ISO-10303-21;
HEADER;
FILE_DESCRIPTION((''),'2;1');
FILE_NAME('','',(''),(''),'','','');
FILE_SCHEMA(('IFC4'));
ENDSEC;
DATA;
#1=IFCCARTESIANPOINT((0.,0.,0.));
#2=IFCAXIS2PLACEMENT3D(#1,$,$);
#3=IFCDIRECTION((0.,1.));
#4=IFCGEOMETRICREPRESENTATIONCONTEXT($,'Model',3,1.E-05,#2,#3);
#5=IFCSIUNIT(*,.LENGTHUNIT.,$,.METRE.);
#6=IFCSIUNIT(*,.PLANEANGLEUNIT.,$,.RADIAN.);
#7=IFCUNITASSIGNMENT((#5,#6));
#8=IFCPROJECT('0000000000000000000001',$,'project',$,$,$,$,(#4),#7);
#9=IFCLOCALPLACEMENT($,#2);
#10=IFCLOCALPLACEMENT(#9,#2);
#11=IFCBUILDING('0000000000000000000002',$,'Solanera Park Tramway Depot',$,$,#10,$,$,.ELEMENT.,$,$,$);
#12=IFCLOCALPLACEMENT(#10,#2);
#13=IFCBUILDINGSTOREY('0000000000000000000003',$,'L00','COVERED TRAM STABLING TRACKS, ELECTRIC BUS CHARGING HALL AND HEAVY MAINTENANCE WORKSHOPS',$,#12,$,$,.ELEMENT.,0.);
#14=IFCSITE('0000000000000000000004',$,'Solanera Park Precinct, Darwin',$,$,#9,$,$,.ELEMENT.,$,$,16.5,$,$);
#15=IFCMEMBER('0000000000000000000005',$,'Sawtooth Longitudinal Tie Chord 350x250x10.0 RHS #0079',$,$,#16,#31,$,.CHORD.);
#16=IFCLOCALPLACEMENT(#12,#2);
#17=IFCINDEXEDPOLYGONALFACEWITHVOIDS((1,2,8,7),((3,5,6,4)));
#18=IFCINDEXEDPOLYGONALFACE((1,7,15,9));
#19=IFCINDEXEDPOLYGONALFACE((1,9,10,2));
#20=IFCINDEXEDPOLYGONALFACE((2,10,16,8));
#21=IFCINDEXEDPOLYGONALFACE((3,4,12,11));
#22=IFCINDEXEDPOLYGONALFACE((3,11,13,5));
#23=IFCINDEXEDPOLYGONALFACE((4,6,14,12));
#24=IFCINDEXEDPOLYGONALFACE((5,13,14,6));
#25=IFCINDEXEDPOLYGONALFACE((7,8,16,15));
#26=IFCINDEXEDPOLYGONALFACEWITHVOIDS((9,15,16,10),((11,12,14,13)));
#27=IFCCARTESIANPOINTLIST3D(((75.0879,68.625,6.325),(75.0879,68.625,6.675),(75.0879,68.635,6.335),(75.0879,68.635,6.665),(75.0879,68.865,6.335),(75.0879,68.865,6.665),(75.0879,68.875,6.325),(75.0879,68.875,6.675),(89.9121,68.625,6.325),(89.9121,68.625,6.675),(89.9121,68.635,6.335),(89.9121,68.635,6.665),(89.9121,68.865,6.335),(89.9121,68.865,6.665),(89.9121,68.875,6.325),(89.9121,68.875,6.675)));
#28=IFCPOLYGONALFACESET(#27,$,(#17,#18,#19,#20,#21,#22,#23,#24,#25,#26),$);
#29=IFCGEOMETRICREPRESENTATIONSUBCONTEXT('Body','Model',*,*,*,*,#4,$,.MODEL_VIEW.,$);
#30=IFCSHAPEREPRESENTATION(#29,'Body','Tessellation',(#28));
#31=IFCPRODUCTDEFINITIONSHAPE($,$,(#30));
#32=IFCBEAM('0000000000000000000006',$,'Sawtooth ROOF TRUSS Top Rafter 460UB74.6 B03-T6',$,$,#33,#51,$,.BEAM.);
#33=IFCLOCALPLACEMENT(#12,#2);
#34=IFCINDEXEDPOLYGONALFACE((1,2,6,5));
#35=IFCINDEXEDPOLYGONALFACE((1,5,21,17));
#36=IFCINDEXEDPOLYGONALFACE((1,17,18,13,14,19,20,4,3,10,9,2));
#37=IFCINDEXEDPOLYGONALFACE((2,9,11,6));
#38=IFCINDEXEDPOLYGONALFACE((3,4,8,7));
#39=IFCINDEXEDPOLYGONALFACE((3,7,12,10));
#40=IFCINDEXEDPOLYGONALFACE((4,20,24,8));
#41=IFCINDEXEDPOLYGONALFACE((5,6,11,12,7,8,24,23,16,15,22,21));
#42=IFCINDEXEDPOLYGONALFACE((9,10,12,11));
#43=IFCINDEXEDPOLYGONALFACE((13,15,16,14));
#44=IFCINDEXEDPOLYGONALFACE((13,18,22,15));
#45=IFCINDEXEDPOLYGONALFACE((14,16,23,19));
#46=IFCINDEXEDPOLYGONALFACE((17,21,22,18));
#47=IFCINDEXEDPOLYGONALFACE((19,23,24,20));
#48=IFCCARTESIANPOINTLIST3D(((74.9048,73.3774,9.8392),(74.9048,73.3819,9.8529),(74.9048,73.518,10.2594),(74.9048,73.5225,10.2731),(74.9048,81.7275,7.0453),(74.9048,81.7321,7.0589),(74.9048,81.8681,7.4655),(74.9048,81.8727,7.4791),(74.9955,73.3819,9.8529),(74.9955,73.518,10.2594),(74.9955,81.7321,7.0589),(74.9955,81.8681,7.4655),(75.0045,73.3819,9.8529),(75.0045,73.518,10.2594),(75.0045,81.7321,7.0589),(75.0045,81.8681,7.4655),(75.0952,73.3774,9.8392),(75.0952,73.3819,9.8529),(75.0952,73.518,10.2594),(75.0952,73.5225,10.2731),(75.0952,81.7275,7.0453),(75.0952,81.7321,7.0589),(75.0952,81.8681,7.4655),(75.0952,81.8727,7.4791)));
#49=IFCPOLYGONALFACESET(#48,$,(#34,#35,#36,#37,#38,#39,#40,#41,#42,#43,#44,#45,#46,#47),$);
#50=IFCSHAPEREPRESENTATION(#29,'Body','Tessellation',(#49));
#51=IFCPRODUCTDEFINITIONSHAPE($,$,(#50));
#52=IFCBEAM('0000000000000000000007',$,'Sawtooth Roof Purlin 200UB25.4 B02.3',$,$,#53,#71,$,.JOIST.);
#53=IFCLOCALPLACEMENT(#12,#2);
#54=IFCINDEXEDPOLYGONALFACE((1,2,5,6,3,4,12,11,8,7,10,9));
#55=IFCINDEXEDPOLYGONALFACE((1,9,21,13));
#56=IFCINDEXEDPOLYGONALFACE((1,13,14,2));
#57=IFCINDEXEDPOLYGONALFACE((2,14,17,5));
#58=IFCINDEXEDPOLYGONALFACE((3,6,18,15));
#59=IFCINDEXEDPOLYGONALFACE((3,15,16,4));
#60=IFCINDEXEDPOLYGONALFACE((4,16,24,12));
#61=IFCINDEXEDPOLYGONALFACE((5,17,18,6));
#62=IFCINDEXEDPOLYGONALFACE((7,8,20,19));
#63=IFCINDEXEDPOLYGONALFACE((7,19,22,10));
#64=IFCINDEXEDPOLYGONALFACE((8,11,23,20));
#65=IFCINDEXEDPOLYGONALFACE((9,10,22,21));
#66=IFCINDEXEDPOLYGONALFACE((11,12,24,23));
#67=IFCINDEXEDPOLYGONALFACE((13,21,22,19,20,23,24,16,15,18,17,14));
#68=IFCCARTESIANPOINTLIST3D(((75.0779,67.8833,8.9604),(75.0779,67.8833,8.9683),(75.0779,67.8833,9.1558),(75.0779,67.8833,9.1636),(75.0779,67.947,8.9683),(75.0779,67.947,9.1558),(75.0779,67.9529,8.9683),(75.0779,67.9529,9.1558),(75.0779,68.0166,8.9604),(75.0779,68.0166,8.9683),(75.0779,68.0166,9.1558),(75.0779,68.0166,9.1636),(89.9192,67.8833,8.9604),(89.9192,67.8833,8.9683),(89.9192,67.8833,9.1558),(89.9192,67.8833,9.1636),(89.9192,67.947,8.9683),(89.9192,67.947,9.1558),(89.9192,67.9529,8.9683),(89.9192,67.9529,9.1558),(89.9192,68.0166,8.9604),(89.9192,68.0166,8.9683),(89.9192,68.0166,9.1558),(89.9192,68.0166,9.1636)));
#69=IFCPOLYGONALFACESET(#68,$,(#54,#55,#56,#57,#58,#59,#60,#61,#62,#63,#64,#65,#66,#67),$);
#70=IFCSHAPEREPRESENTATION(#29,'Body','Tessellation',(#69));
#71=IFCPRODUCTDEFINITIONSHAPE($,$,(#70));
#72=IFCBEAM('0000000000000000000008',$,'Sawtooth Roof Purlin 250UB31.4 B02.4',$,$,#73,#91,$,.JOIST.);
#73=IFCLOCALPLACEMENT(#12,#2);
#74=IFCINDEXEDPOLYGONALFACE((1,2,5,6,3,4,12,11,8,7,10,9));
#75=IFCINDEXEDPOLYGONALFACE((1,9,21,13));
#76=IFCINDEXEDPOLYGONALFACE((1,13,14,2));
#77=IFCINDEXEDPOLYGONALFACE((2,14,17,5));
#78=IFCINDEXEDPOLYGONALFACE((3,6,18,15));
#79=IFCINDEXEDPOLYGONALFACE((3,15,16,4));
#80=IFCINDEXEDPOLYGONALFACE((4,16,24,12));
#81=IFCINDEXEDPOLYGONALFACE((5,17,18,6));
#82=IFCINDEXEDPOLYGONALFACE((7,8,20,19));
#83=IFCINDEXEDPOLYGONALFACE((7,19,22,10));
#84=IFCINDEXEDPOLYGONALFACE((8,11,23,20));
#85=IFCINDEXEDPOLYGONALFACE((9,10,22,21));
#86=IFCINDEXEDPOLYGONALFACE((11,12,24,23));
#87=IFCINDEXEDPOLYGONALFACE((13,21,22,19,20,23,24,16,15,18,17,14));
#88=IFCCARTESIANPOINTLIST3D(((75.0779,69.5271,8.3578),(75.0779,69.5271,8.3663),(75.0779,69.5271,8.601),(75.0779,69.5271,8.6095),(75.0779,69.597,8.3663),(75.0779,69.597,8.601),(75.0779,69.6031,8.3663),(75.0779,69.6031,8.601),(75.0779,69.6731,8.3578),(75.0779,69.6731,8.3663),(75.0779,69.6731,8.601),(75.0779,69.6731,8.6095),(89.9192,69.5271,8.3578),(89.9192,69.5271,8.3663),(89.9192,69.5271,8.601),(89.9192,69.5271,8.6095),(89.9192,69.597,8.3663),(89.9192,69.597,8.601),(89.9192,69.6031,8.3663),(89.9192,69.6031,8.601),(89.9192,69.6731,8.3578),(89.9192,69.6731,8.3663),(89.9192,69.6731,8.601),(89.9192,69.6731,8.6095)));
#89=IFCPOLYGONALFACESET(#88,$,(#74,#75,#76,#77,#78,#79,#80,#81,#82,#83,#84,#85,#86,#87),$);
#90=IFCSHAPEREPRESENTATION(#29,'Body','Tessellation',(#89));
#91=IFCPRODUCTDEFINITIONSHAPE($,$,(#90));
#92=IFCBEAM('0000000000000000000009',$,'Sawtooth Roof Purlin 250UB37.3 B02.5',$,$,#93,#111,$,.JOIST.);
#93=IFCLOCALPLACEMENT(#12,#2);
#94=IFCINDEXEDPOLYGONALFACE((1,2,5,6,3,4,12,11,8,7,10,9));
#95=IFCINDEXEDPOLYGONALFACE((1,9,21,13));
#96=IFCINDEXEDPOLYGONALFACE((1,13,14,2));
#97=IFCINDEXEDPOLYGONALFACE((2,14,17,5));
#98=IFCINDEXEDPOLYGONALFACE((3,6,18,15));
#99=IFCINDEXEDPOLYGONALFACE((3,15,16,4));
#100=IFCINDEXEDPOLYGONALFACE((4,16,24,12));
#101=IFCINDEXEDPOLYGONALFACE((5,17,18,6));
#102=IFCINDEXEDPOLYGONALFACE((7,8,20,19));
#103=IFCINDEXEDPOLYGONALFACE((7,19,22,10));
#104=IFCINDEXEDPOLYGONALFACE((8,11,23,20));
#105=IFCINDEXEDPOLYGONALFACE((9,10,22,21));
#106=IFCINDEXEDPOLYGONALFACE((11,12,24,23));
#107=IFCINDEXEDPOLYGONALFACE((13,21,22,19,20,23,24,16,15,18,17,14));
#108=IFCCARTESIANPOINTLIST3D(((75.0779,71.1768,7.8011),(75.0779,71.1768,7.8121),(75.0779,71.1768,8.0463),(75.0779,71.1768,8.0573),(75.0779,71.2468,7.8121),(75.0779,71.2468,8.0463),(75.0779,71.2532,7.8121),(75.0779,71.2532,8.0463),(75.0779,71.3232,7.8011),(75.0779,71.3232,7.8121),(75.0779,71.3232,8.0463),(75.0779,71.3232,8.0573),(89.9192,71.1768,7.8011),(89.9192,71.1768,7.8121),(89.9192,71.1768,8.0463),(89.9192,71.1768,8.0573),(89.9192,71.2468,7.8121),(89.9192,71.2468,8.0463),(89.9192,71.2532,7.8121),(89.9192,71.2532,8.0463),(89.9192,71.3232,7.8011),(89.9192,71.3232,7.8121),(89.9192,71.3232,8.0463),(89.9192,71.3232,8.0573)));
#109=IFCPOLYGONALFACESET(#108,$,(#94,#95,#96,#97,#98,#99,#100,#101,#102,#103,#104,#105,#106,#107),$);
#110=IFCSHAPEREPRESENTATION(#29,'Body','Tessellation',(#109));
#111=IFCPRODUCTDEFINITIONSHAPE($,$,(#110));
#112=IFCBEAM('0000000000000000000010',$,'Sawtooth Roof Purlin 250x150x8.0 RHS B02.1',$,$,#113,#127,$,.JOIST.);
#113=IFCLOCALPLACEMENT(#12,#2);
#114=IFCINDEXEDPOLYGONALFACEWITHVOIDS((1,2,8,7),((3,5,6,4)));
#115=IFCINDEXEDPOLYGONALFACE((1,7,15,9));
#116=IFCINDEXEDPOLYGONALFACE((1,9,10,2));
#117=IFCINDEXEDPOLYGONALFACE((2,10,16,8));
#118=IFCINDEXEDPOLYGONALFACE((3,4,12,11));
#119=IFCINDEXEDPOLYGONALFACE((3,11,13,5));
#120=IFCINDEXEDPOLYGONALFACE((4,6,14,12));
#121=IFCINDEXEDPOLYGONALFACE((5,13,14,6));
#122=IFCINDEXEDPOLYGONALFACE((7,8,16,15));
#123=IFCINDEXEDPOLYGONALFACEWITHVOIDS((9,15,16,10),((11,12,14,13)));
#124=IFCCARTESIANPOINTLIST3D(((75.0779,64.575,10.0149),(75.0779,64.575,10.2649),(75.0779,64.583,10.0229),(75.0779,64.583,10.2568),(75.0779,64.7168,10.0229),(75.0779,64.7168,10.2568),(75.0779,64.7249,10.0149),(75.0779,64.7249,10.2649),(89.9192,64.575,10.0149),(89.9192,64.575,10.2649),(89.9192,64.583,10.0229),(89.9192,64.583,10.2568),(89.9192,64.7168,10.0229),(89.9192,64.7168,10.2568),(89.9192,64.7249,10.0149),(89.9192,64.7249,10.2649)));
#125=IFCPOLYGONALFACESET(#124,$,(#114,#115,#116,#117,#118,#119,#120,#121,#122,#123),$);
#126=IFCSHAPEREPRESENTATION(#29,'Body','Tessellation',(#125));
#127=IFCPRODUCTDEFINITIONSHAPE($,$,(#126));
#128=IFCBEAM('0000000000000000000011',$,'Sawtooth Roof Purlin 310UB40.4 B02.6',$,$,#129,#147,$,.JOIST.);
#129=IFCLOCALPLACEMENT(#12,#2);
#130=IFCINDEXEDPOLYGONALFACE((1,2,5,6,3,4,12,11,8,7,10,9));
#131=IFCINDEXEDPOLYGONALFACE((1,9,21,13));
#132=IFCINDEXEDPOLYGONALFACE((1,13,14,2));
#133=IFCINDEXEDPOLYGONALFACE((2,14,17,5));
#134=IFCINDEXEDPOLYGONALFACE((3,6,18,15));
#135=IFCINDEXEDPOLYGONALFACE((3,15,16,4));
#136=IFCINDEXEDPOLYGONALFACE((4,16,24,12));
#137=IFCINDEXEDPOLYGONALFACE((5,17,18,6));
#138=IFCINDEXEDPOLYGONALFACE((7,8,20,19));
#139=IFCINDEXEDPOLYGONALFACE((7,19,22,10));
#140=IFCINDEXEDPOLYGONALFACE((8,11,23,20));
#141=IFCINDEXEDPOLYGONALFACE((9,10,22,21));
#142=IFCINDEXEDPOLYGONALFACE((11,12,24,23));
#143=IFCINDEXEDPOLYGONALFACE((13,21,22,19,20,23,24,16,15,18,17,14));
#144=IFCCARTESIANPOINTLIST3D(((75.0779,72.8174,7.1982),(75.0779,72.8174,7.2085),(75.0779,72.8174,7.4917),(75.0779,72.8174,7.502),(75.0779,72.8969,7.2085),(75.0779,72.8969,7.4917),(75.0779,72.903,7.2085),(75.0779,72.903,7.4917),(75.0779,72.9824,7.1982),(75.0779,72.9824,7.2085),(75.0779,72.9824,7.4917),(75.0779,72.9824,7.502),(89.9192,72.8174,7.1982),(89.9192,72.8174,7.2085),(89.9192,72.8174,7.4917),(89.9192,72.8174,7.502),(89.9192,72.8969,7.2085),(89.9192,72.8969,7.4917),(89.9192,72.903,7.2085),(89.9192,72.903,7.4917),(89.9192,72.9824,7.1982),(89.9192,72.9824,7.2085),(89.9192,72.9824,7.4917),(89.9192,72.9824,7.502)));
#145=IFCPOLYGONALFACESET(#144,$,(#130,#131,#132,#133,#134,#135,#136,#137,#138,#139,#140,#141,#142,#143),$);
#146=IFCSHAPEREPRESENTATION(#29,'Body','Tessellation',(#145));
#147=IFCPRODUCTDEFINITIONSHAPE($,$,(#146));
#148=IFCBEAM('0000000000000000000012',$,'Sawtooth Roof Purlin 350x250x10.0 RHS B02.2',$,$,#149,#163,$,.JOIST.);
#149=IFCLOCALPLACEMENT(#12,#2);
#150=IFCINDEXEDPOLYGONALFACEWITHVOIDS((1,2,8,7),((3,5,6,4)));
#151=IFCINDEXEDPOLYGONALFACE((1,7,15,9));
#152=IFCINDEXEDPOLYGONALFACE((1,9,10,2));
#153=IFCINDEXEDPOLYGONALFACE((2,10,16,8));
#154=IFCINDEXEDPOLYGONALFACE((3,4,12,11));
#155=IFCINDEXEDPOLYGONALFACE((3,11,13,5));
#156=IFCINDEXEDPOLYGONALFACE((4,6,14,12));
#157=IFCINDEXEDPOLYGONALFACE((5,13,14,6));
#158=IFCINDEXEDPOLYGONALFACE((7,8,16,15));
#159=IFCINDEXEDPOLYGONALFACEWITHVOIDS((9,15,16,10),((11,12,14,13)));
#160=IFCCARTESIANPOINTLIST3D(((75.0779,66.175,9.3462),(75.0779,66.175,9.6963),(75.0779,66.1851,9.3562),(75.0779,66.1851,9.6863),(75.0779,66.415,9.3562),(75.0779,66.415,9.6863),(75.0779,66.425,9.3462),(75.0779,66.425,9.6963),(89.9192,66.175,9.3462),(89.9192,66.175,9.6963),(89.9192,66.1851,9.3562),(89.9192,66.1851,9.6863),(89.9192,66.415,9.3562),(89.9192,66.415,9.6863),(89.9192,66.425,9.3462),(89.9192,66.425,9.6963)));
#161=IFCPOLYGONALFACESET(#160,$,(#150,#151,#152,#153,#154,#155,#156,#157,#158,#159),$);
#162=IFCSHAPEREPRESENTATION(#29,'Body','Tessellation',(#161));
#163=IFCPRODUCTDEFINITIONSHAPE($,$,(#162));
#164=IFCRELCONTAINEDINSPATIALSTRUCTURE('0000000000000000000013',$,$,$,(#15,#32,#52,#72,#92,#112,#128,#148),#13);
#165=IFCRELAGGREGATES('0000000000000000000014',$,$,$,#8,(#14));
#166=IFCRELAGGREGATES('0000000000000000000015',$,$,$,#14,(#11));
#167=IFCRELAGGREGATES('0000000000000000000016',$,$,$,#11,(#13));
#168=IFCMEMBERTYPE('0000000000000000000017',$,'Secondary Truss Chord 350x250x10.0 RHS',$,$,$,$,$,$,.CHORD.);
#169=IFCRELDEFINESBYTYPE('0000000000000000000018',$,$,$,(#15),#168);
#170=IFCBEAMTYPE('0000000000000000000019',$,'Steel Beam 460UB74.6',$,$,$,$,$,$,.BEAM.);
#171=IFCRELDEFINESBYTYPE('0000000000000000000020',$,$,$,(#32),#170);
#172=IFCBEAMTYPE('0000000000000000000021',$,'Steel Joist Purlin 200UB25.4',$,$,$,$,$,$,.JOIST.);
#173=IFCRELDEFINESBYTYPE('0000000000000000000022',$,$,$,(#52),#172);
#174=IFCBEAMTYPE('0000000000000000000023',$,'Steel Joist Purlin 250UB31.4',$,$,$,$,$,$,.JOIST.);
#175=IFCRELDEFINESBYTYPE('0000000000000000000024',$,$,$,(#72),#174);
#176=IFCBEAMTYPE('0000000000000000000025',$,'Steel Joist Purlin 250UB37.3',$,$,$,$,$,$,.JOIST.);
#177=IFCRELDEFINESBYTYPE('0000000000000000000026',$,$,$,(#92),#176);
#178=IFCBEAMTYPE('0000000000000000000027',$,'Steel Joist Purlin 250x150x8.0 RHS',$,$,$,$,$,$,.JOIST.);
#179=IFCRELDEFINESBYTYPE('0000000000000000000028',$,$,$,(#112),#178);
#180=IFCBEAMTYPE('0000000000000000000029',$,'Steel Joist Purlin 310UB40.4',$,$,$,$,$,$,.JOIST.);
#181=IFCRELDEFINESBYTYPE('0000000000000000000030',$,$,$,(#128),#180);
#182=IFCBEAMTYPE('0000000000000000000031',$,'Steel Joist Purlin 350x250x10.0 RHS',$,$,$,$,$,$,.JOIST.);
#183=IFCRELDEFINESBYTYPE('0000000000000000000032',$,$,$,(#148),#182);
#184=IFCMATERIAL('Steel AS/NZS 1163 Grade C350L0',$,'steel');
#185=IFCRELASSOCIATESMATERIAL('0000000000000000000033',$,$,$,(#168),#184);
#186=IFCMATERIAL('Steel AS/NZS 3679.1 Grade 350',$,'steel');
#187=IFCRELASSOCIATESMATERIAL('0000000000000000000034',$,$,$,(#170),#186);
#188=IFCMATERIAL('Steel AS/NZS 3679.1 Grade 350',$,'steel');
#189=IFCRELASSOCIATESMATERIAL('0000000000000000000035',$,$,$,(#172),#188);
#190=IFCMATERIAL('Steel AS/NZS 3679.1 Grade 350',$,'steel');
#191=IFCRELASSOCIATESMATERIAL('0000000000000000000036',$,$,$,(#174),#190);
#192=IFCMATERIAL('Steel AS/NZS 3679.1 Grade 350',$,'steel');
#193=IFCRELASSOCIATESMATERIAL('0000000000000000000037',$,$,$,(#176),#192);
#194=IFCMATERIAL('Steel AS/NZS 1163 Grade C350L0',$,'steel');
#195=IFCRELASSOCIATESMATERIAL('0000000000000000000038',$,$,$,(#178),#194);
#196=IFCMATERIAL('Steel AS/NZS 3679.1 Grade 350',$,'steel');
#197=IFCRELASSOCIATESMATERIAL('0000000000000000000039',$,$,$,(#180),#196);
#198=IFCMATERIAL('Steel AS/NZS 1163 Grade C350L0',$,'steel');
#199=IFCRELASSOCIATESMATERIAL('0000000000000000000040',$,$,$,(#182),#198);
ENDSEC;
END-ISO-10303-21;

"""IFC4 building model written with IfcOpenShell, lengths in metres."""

from ifc_helpers import new_model, si_unit, direction, frame, origin, origin_2d, place, context, subcontext, project, spatial, hollow_rectangle, i_section, extrude, material, material_profile, profile_set, type_object, element, save


model = new_model("IFC4")

# Units and contexts
model_context = context("Model", 3, precision=1e-05, world=origin(), true_north=direction((0.0, 1.0)))
body_context = subcontext(model_context, "Body", "Model", "MODEL_VIEW")
ifc_project = project(units=[si_unit("LENGTHUNIT", "METRE"), si_unit("PLANEANGLEUNIT", "RADIAN")], contexts=[model_context])

# Site, building, storey
site_placement = place(None, origin())
site = spatial("IfcSite", under=ifc_project, at=site_placement, Name="Solanera Park Precinct, Darwin", CompositionType="ELEMENT", RefElevation=16.5)
building_placement = place(site_placement, origin())
building = spatial("IfcBuilding", under=site, at=building_placement, Name="Solanera Park Tramway Depot", CompositionType="ELEMENT")
storey_placement = place(building_placement, origin())
storey = spatial("IfcBuildingStorey", under=building, at=storey_placement, Name="L00", Description="COVERED TRAM STABLING TRACKS, ELECTRIC BUS CHARGING HALL AND HEAVY MAINTENANCE WORKSHOPS", CompositionType="ELEMENT", Elevation=0.0)

# Member
ifc_material_1 = material(Name="Steel AS/NZS 1163 Grade C350L0", Category="steel")
ifc_material_profile_1 = material_profile(ifc_material_1, hollow_rectangle(XDim=0.25, YDim=0.3501, WallThickness=0.01, at=origin_2d()), Name="350x250x10.0 RHS")
ifc_profile_set_1 = profile_set([ifc_material_profile_1], Name="Steel AS/NZS 1163 Grade C350L0")
member_type_1 = type_object("IfcMemberType", Name="Secondary Truss Chord 350x250x10.0 RHS", PredefinedType="CHORD", material=ifc_profile_set_1)
member_1_placement = place(storey_placement, frame((75.0879, 68.75, 6.5), z_axis=(1.0, 0.0, 0.0), x_axis=(0.0, 1.0, 0.0)))
element("IfcMember", 1, at=member_1_placement, inside=storey, type_object=member_type_1, Name="Sawtooth Longitudinal Tie Chord 350x250x10.0 RHS #0079", PredefinedType="CHORD", context=body_context, shape_type="SweptSolid", body=[
    extrude(hollow_rectangle(XDim=0.25, YDim=0.3501, WallThickness=0.01, at=origin_2d()), origin(), (0.0, 0.0, 1.0), 14.8242),
])

# Beams
ifc_material_2 = material(Name="Steel AS/NZS 3679.1 Grade 350", Category="steel")
ifc_material_profile_2 = material_profile(ifc_material_2, i_section(OverallWidth=0.1904, OverallDepth=0.4575, WebThickness=0.009, FlangeThickness=0.0144, at=origin_2d()), Name="460UB74.6")
ifc_profile_set_2 = profile_set([ifc_material_profile_2], Name="Steel AS/NZS 3679.1 Grade 350")
beam_type_1 = type_object("IfcBeamType", Name="Steel Beam 460UB74.6", PredefinedType="BEAM", material=ifc_profile_set_2)
beam_1_placement = place(storey_placement, frame((75.0, 73.45, 10.0562), z_axis=(0.0, 0.948322, -0.317309), x_axis=(-1.0, 0.0, 0.0)))
element("IfcBeam", 2, at=beam_1_placement, inside=storey, type_object=beam_type_1, Name="Sawtooth ROOF TRUSS Top Rafter 460UB74.6 B03-T6", PredefinedType="BEAM", context=body_context, shape_type="SweptSolid", body=[
    extrude(i_section(OverallWidth=0.1904, OverallDepth=0.4575, WebThickness=0.009, FlangeThickness=0.0144, at=origin_2d()), origin(), (0.0, 0.0, 1.0), 8.8052),
])
ifc_material_3 = material(Name="Steel AS/NZS 3679.1 Grade 350", Category="steel")
ifc_material_profile_3 = material_profile(ifc_material_3, i_section(OverallWidth=0.1333, OverallDepth=0.2031, WebThickness=0.0059, FlangeThickness=0.0078, at=origin_2d()), Name="200UB25.4")
ifc_profile_set_3 = profile_set([ifc_material_profile_3], Name="Steel AS/NZS 3679.1 Grade 350")
beam_type_2 = type_object("IfcBeamType", Name="Steel Joist Purlin 200UB25.4", PredefinedType="JOIST", material=ifc_profile_set_3)
beam_2_placement = place(storey_placement, frame((75.0779, 67.95, 9.062), z_axis=(1.0, 0.0, 0.0), x_axis=(0.0, 1.0, 0.0)))
element("IfcBeam", 3, at=beam_2_placement, inside=storey, type_object=beam_type_2, Name="Sawtooth Roof Purlin 200UB25.4 B02.3", PredefinedType="JOIST", context=body_context, shape_type="SweptSolid", body=[
    extrude(i_section(OverallWidth=0.1333, OverallDepth=0.2031, WebThickness=0.0059, FlangeThickness=0.0078, at=origin_2d()), origin(), (0.0, 0.0, 1.0), 14.8413),
])
ifc_material_4 = material(Name="Steel AS/NZS 3679.1 Grade 350", Category="steel")
ifc_material_profile_4 = material_profile(ifc_material_4, i_section(OverallWidth=0.146, OverallDepth=0.2517, WebThickness=0.0061, FlangeThickness=0.0085, at=origin_2d()), Name="250UB31.4")
ifc_profile_set_4 = profile_set([ifc_material_profile_4], Name="Steel AS/NZS 3679.1 Grade 350")
beam_type_3 = type_object("IfcBeamType", Name="Steel Joist Purlin 250UB31.4", PredefinedType="JOIST", material=ifc_profile_set_4)
beam_3_placement = place(storey_placement, frame((75.0779, 69.6001, 8.4836), z_axis=(1.0, 0.0, 0.0), x_axis=(0.0, 1.0, 0.0)))
element("IfcBeam", 4, at=beam_3_placement, inside=storey, type_object=beam_type_3, Name="Sawtooth Roof Purlin 250UB31.4 B02.4", PredefinedType="JOIST", context=body_context, shape_type="SweptSolid", body=[
    extrude(i_section(OverallWidth=0.146, OverallDepth=0.2517, WebThickness=0.0061, FlangeThickness=0.0085, at=origin_2d()), origin(), (0.0, 0.0, 1.0), 14.8413),
])
ifc_material_5 = material(Name="Steel AS/NZS 3679.1 Grade 350", Category="steel")
ifc_material_profile_5 = material_profile(ifc_material_5, i_section(OverallWidth=0.1465, OverallDepth=0.2561, WebThickness=0.0063, FlangeThickness=0.011, at=origin_2d()), Name="250UB37.3")
ifc_profile_set_5 = profile_set([ifc_material_profile_5], Name="Steel AS/NZS 3679.1 Grade 350")
beam_type_4 = type_object("IfcBeamType", Name="Steel Joist Purlin 250UB37.3", PredefinedType="JOIST", material=ifc_profile_set_5)
beam_4_placement = place(storey_placement, frame((75.0779, 71.25, 7.9292), z_axis=(1.0, 0.0, 0.0), x_axis=(0.0, 1.0, 0.0)))
element("IfcBeam", 5, at=beam_4_placement, inside=storey, type_object=beam_type_4, Name="Sawtooth Roof Purlin 250UB37.3 B02.5", PredefinedType="JOIST", context=body_context, shape_type="SweptSolid", body=[
    extrude(i_section(OverallWidth=0.1465, OverallDepth=0.2561, WebThickness=0.0063, FlangeThickness=0.011, at=origin_2d()), origin(), (0.0, 0.0, 1.0), 14.8413),
])
ifc_material_6 = material(Name="Steel AS/NZS 1163 Grade C350L0", Category="steel")
ifc_material_profile_6 = material_profile(ifc_material_6, hollow_rectangle(XDim=0.1499, YDim=0.25, WallThickness=0.0081, at=origin_2d()), Name="250x150x8.0 RHS")
ifc_profile_set_6 = profile_set([ifc_material_profile_6], Name="Steel AS/NZS 1163 Grade C350L0")
beam_type_5 = type_object("IfcBeamType", Name="Steel Joist Purlin 250x150x8.0 RHS", PredefinedType="JOIST", material=ifc_profile_set_6)
beam_5_placement = place(storey_placement, frame((75.0779, 64.6499, 10.1399), z_axis=(1.0, 0.0, 0.0), x_axis=(0.0, 1.0, 0.0)))
element("IfcBeam", 6, at=beam_5_placement, inside=storey, type_object=beam_type_5, Name="Sawtooth Roof Purlin 250x150x8.0 RHS B02.1", PredefinedType="JOIST", context=body_context, shape_type="SweptSolid", body=[
    extrude(hollow_rectangle(XDim=0.1499, YDim=0.25, WallThickness=0.0081, at=origin_2d()), origin(), (0.0, 0.0, 1.0), 14.8413),
])
ifc_material_7 = material(Name="Steel AS/NZS 3679.1 Grade 350", Category="steel")
ifc_material_profile_7 = material_profile(ifc_material_7, i_section(OverallWidth=0.165, OverallDepth=0.3037, WebThickness=0.0061, FlangeThickness=0.0103, at=origin_2d()), Name="310UB40.4")
ifc_profile_set_7 = profile_set([ifc_material_profile_7], Name="Steel AS/NZS 3679.1 Grade 350")
beam_type_6 = type_object("IfcBeamType", Name="Steel Joist Purlin 310UB40.4", PredefinedType="JOIST", material=ifc_profile_set_7)
beam_6_placement = place(storey_placement, frame((75.0779, 72.8999, 7.3501), z_axis=(1.0, 0.0, 0.0), x_axis=(0.0, 1.0, 0.0)))
element("IfcBeam", 7, at=beam_6_placement, inside=storey, type_object=beam_type_6, Name="Sawtooth Roof Purlin 310UB40.4 B02.6", PredefinedType="JOIST", context=body_context, shape_type="SweptSolid", body=[
    extrude(i_section(OverallWidth=0.165, OverallDepth=0.3037, WebThickness=0.0061, FlangeThickness=0.0103, at=origin_2d()), origin(), (0.0, 0.0, 1.0), 14.8413),
])
ifc_material_8 = material(Name="Steel AS/NZS 1163 Grade C350L0", Category="steel")
ifc_material_profile_8 = material_profile(ifc_material_8, hollow_rectangle(XDim=0.25, YDim=0.3501, WallThickness=0.01, at=origin_2d()), Name="350x250x10.0 RHS")
ifc_profile_set_8 = profile_set([ifc_material_profile_8], Name="Steel AS/NZS 1163 Grade C350L0")
beam_type_7 = type_object("IfcBeamType", Name="Steel Joist Purlin 350x250x10.0 RHS", PredefinedType="JOIST", material=ifc_profile_set_8)
beam_7_placement = place(storey_placement, frame((75.0779, 66.3, 9.5212), z_axis=(1.0, 0.0, 0.0), x_axis=(0.0, 1.0, 0.0)))
element("IfcBeam", 8, at=beam_7_placement, inside=storey, type_object=beam_type_7, Name="Sawtooth Roof Purlin 350x250x10.0 RHS B02.2", PredefinedType="JOIST", context=body_context, shape_type="SweptSolid", body=[
    extrude(hollow_rectangle(XDim=0.25, YDim=0.3501, WallThickness=0.01, at=origin_2d()), origin(), (0.0, 0.0, 1.0), 14.8413),
])

save(model, "model.ifc")
